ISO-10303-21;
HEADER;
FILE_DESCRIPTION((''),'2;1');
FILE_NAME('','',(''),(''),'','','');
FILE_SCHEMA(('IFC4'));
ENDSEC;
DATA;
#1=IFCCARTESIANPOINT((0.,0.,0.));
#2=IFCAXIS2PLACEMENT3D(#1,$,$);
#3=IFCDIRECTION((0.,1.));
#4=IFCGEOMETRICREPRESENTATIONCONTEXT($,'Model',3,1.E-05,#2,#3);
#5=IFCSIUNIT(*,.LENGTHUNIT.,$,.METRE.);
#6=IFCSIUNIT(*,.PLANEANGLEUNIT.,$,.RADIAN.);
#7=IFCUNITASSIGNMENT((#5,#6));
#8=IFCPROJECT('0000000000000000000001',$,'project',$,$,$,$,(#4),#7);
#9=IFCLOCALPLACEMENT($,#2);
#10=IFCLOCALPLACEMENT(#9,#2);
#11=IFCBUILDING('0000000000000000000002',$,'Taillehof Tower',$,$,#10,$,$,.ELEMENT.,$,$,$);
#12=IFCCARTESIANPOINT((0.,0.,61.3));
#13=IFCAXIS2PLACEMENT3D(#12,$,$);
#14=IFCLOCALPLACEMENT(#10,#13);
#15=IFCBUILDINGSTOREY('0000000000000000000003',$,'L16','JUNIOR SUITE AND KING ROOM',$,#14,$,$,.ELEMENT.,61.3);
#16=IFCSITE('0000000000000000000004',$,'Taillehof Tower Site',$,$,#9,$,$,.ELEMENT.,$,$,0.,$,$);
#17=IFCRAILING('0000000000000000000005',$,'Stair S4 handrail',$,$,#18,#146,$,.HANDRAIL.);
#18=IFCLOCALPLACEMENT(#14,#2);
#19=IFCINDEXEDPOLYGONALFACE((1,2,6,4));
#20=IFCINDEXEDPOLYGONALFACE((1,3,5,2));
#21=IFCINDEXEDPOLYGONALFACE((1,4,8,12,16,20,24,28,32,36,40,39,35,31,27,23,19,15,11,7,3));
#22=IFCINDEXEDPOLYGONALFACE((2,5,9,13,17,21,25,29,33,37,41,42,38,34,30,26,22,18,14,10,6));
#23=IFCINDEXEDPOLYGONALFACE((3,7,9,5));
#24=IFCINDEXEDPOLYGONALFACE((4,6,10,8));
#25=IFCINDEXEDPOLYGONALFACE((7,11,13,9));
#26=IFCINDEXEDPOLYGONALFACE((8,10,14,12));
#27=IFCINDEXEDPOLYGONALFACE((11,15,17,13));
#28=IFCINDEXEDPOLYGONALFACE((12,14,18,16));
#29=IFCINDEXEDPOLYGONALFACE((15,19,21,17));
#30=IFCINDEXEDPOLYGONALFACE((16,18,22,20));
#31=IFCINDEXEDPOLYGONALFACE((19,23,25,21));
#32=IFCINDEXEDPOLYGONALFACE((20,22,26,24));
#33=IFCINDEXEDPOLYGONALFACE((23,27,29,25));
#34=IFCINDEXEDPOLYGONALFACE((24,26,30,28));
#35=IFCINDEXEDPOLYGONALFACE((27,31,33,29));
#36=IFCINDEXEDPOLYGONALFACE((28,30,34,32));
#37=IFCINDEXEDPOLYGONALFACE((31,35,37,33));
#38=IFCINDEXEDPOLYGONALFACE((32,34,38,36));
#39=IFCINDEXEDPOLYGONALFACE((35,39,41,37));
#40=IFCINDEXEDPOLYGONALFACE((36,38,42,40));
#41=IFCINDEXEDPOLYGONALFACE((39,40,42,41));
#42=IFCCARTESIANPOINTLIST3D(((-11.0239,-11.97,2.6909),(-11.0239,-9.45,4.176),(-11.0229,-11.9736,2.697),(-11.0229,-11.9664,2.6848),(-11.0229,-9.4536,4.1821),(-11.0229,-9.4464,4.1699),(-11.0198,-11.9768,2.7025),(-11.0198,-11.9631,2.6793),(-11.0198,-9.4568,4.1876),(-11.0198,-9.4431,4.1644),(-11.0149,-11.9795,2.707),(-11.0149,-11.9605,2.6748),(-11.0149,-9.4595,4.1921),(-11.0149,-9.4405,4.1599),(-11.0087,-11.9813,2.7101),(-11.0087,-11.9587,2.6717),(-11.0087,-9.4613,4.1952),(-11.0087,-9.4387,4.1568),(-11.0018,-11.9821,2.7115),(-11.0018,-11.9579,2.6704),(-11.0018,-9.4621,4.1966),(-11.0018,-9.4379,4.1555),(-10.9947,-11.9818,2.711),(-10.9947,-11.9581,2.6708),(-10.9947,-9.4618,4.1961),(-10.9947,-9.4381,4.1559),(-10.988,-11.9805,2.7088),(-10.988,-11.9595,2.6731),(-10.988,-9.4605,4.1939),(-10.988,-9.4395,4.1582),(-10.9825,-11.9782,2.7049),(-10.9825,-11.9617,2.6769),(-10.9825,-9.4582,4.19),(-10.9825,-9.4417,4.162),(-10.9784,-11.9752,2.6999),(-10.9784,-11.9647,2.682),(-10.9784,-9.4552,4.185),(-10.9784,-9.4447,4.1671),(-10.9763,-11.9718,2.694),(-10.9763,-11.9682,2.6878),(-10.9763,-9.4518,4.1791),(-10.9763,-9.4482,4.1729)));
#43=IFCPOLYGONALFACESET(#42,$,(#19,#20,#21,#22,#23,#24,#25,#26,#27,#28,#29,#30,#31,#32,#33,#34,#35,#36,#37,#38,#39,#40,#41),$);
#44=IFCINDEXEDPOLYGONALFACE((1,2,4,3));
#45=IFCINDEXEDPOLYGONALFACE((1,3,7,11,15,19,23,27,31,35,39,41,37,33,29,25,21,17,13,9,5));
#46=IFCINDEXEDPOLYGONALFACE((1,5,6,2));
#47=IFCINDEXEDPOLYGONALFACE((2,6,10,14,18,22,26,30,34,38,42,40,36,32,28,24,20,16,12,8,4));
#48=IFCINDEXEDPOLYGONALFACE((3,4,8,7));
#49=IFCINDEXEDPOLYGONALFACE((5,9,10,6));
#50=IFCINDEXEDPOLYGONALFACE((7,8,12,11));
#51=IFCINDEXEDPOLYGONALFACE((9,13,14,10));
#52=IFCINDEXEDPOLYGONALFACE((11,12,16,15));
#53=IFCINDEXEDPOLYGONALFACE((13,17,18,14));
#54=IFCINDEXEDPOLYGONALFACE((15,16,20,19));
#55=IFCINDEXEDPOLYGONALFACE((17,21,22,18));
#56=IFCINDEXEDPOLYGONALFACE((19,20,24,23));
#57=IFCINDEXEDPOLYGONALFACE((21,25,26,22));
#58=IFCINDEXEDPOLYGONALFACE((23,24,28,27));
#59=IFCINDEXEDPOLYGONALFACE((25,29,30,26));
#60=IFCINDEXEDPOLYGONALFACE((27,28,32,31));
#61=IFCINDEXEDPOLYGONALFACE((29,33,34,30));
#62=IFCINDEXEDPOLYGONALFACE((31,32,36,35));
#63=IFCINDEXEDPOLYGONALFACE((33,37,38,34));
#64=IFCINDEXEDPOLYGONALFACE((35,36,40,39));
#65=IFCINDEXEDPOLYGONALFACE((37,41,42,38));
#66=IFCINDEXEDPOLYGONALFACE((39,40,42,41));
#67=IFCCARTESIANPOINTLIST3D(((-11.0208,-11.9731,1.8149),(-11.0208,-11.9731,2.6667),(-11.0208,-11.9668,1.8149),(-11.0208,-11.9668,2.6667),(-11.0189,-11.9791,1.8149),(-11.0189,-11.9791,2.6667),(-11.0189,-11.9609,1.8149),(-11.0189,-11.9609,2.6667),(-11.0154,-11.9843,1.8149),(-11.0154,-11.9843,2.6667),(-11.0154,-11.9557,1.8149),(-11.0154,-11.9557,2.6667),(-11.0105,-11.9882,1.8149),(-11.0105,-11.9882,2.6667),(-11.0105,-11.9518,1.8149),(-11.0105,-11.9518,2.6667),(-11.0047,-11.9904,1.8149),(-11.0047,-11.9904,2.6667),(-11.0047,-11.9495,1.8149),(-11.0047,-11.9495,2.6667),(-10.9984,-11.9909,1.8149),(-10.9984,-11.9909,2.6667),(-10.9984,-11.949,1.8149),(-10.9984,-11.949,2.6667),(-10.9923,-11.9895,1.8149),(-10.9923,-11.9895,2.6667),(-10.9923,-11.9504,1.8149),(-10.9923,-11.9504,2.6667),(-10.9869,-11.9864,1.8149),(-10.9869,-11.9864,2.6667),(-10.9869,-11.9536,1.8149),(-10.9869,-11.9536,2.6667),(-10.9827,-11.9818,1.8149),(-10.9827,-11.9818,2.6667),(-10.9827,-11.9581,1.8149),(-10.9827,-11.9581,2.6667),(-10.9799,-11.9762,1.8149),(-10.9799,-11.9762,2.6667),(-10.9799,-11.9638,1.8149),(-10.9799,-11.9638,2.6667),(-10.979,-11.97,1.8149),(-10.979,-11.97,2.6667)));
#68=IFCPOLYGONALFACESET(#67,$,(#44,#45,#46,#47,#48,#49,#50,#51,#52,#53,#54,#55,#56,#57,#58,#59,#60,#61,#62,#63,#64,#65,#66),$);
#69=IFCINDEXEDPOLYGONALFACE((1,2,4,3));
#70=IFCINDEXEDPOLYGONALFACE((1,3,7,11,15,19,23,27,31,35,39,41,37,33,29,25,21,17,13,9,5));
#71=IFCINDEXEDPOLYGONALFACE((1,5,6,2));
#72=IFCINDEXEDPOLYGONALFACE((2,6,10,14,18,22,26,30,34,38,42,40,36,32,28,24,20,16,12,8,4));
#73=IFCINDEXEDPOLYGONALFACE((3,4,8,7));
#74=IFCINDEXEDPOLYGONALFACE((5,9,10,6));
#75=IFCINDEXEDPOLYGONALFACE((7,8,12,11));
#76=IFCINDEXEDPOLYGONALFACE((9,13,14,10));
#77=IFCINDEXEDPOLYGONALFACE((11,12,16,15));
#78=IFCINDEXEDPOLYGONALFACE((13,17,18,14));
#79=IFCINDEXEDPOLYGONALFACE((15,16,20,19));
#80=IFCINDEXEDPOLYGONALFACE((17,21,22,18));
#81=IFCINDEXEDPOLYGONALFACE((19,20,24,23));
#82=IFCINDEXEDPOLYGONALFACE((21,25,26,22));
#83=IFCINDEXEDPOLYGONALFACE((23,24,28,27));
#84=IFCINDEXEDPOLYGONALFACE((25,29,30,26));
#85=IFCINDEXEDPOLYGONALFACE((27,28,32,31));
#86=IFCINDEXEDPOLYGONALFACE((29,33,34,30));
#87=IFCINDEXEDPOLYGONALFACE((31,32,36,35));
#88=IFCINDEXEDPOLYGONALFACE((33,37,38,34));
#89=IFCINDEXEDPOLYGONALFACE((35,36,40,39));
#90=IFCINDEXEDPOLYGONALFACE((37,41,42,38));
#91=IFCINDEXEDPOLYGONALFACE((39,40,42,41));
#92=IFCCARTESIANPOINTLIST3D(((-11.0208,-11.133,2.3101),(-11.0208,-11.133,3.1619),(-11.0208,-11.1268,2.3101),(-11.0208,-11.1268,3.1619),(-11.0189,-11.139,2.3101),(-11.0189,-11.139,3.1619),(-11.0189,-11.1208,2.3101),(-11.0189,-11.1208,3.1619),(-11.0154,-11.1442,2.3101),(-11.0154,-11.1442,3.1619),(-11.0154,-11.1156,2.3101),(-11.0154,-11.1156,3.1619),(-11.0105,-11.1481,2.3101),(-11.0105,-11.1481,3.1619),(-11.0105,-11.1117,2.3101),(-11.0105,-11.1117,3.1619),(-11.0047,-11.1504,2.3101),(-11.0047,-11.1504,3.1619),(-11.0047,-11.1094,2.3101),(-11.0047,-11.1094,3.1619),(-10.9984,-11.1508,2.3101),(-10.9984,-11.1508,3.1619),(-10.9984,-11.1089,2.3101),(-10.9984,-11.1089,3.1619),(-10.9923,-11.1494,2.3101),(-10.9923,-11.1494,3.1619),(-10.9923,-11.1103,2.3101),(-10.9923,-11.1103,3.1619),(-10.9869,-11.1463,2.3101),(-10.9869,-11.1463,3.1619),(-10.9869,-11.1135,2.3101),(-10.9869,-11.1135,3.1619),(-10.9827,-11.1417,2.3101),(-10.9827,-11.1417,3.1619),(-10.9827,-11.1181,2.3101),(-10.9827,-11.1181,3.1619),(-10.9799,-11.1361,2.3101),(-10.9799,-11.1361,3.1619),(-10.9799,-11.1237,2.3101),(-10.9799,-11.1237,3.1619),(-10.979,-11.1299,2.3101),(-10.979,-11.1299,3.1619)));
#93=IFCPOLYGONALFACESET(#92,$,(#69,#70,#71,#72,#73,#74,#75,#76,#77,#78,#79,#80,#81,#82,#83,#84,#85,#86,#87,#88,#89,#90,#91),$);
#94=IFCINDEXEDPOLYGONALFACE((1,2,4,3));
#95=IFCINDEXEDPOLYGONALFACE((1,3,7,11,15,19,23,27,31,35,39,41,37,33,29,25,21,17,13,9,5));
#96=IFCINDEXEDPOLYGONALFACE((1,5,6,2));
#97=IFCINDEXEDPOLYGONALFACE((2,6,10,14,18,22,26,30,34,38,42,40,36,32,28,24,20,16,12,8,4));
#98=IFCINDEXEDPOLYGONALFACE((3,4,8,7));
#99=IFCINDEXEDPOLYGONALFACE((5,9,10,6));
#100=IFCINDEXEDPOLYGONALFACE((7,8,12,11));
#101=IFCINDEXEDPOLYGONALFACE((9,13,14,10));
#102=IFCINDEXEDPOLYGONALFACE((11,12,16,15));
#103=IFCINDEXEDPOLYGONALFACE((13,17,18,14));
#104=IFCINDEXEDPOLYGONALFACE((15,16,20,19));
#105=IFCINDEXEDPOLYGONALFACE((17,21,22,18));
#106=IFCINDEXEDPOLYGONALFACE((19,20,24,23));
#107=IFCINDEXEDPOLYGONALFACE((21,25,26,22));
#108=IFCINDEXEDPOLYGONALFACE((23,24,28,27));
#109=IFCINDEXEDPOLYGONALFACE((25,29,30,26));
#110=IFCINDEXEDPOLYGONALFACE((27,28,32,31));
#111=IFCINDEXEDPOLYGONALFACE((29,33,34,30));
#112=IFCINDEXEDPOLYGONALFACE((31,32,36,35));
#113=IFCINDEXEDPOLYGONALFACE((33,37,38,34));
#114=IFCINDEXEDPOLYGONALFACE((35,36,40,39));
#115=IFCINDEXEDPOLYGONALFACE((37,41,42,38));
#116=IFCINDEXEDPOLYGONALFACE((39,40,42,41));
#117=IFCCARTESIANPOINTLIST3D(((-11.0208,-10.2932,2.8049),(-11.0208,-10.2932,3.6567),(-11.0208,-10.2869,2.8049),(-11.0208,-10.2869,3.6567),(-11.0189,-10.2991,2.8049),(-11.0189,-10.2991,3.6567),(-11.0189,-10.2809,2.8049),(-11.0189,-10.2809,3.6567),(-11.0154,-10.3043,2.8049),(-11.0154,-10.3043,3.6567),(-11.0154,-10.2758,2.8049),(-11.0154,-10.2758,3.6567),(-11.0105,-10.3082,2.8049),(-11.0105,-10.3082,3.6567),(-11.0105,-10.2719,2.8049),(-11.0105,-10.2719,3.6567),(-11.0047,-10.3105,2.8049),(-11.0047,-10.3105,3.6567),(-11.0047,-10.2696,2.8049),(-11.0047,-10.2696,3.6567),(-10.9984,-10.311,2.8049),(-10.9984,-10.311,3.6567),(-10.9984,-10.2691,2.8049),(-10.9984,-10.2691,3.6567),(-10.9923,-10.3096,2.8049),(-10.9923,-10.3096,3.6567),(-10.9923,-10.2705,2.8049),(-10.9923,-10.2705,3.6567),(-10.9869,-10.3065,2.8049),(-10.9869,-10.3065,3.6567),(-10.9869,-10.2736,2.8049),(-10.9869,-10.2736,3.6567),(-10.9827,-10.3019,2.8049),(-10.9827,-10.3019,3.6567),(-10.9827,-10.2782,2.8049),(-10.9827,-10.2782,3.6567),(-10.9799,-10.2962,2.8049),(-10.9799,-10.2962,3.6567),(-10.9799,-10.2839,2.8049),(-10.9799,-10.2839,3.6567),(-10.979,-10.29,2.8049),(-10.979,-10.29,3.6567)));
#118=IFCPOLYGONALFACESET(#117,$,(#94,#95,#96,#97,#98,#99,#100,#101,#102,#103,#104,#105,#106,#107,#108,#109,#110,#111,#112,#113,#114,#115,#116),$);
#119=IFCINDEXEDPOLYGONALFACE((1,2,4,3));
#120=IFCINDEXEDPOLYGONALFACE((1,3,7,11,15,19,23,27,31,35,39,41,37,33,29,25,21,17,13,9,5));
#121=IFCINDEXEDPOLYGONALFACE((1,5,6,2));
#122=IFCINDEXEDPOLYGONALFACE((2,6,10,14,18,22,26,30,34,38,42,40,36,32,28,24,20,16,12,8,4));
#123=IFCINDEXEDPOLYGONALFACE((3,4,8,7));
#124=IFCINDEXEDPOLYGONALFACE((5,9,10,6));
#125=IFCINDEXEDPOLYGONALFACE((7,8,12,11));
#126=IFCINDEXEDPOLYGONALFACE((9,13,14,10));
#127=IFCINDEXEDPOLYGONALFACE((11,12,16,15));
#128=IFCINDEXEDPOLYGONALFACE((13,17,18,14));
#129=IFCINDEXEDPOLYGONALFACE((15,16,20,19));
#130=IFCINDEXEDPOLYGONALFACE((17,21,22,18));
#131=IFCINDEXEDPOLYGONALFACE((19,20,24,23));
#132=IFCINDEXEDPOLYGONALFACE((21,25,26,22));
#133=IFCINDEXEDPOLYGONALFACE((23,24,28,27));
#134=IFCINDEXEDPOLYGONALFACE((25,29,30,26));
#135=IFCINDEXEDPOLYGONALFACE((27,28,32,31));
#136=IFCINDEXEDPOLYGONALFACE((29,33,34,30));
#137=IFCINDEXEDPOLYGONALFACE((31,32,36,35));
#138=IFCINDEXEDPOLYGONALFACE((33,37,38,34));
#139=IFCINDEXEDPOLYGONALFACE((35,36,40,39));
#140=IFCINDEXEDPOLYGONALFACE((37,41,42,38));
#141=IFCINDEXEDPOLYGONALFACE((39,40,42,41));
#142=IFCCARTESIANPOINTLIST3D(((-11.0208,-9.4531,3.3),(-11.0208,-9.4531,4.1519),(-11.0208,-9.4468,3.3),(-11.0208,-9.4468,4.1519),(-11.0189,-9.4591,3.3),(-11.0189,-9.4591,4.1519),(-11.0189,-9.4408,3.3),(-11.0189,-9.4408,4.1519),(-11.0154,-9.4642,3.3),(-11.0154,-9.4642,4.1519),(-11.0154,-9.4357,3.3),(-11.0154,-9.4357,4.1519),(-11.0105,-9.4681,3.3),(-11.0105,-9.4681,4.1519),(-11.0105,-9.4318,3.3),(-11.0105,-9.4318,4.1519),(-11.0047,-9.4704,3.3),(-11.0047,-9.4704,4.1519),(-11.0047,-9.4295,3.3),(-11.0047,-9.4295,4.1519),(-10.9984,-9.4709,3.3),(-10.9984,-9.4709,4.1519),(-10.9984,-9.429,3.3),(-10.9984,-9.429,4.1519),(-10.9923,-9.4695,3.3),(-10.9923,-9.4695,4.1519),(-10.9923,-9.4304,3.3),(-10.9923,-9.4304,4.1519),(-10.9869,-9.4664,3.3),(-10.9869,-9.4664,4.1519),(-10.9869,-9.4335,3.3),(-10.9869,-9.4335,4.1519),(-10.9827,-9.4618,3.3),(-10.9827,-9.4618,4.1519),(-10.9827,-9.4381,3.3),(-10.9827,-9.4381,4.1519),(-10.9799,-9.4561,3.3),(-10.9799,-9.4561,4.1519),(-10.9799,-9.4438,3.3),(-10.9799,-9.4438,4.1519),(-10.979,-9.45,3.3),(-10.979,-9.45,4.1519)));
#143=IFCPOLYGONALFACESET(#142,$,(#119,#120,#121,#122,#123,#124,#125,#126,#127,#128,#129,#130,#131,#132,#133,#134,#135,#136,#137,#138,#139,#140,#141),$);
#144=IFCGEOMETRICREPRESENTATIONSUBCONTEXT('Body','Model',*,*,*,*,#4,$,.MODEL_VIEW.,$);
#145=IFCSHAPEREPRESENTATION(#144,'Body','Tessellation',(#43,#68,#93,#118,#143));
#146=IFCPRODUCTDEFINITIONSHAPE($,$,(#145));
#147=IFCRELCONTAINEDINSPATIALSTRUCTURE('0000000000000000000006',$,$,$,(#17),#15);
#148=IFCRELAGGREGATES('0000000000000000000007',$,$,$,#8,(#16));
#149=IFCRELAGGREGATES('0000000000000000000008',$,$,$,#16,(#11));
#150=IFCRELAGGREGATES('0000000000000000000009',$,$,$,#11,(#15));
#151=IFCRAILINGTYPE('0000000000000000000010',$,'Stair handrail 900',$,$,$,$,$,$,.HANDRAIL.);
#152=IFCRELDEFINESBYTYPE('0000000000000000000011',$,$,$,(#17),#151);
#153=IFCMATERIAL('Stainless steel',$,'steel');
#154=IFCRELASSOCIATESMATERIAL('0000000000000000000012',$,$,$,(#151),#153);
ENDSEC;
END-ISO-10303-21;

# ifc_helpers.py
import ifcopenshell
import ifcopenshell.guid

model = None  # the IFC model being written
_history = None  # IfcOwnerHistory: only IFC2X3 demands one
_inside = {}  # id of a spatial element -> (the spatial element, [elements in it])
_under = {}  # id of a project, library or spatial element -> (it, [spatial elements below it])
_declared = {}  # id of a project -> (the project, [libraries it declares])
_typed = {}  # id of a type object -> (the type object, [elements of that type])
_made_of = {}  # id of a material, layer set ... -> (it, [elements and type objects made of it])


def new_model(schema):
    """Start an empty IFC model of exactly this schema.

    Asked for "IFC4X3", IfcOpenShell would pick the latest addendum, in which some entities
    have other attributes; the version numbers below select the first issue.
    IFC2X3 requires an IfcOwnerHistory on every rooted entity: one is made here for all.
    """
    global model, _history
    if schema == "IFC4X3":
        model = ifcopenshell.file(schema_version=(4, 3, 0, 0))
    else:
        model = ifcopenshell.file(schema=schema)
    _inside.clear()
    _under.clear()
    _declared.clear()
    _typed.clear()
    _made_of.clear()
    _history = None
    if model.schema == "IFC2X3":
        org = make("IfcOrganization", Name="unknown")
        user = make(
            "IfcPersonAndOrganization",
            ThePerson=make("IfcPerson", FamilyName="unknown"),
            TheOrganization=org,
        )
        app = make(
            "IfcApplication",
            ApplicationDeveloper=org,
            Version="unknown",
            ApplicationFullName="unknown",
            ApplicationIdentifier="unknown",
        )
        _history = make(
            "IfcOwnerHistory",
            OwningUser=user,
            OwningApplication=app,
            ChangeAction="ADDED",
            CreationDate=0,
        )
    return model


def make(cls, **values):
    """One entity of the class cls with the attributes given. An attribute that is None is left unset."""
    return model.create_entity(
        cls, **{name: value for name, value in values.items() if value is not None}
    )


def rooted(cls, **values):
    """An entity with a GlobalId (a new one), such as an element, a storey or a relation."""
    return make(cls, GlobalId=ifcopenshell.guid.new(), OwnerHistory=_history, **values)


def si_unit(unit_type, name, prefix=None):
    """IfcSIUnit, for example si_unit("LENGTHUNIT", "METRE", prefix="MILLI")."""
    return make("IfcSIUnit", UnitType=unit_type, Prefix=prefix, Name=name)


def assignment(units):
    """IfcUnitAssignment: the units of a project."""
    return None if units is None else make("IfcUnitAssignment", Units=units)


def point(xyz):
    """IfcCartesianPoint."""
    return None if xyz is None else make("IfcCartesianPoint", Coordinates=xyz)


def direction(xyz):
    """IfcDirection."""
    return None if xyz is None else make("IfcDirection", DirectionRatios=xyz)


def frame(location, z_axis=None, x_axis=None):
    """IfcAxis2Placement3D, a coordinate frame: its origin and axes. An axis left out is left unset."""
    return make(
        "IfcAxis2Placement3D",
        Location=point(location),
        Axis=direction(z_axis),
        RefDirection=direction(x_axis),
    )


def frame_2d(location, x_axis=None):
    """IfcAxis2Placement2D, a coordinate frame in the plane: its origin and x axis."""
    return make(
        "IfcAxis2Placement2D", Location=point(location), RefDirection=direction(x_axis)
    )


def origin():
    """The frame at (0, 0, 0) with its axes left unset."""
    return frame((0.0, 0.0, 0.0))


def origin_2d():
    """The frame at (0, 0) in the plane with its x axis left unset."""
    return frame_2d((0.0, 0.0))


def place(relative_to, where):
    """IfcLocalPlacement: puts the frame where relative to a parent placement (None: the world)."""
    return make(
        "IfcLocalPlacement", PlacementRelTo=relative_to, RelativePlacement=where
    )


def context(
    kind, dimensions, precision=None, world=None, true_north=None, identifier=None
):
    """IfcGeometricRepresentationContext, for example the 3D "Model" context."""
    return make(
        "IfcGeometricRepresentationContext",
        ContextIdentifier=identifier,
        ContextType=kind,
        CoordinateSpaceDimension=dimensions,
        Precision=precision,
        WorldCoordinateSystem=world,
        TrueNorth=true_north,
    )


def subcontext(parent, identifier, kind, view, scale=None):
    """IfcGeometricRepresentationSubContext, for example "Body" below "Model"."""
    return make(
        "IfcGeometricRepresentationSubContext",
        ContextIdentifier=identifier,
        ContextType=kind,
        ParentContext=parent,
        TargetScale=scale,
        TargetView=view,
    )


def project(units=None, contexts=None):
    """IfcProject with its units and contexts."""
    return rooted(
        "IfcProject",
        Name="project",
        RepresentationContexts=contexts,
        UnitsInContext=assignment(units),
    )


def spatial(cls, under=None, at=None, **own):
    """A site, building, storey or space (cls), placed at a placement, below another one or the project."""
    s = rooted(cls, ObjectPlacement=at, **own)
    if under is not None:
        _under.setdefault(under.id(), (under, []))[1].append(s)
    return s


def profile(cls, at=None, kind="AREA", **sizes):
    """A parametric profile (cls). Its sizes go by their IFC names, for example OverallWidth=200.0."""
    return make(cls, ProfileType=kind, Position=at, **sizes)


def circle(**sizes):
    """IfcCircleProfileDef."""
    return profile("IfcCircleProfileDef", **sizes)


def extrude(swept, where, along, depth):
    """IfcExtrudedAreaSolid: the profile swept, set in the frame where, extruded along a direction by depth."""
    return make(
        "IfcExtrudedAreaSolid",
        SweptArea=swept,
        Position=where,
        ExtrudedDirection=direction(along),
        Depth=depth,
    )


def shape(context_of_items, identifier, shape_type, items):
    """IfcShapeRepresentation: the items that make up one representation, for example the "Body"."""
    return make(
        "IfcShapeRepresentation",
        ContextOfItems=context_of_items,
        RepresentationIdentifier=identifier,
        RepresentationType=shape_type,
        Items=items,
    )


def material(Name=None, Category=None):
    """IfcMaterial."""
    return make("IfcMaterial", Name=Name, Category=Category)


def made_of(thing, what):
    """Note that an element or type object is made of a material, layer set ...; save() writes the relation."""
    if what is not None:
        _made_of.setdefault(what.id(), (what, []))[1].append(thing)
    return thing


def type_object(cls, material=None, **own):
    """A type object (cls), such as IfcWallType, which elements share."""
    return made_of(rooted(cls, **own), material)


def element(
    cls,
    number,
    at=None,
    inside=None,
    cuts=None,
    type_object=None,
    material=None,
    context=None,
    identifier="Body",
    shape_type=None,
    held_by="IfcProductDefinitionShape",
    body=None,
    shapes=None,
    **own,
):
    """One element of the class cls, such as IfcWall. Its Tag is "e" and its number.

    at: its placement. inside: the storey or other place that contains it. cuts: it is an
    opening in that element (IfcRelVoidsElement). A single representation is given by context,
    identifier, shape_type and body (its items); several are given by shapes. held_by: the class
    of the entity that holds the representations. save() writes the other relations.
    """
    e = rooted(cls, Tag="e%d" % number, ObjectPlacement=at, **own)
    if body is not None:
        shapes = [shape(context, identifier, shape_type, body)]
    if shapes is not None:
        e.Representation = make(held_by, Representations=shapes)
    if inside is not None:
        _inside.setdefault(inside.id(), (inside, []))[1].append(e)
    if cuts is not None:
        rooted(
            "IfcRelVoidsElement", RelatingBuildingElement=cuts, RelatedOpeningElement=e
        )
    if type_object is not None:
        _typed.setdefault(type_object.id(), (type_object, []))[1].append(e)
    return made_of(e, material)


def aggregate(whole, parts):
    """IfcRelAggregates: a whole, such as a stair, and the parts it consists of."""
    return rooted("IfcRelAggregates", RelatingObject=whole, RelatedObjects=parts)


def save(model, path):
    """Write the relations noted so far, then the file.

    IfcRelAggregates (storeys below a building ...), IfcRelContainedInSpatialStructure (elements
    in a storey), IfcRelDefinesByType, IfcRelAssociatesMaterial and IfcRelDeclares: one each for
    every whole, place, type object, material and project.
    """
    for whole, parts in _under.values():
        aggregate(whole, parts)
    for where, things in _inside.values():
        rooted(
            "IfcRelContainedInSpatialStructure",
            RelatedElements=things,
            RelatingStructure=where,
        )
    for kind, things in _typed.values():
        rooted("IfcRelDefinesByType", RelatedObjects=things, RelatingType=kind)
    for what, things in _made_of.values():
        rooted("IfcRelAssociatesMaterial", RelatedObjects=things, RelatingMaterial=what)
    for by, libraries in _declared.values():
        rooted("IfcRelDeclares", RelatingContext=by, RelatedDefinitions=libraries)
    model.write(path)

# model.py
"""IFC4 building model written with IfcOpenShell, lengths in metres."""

from ifc_helpers import new_model, si_unit, direction, frame, origin, origin_2d, place, context, subcontext, project, spatial, circle, extrude, material, type_object, element, save


model = new_model("IFC4")

# Units and contexts
model_context = context("Model", 3, precision=1e-05, world=origin(), true_north=direction((0.0, 1.0)))
body_context = subcontext(model_context, "Body", "Model", "MODEL_VIEW")
ifc_project = project(units=[si_unit("LENGTHUNIT", "METRE"), si_unit("PLANEANGLEUNIT", "RADIAN")], contexts=[model_context])

# Site, building, storey
site_placement = place(None, origin())
site = spatial("IfcSite", under=ifc_project, at=site_placement, Name="Taillehof Tower Site", CompositionType="ELEMENT", RefElevation=0.0)
building_placement = place(site_placement, origin())
building = spatial("IfcBuilding", under=site, at=building_placement, Name="Taillehof Tower", CompositionType="ELEMENT")
storey_placement = place(building_placement, frame((0.0, 0.0, 61.3)))
storey = spatial("IfcBuildingStorey", under=building, at=storey_placement, Name="L16", Description="JUNIOR SUITE AND KING ROOM", CompositionType="ELEMENT", Elevation=61.3)

# Railing
ifc_material_1 = material(Name="Stainless steel", Category="steel")
railing_type = type_object("IfcRailingType", Name="Stair handrail 900", PredefinedType="HANDRAIL", material=ifc_material_1)
railing_1_placement = place(storey_placement, frame((-11.0, -11.97, 1.8149)))
element("IfcRailing", 1, at=railing_1_placement, inside=storey, type_object=railing_type, Name="Stair S4 handrail", PredefinedType="HANDRAIL", context=body_context, shape_type="SweptSolid", body=[
    extrude(circle(Radius=0.0239, at=origin_2d()), frame((0.0, 0.0, 0.876), z_axis=(0.0, 0.861524, 0.507717), x_axis=(-1.0, 0.0, 0.0)), (0.0, 0.0, 1.0), 2.925),
    extrude(circle(Radius=0.021, at=origin_2d()), origin(), (0.0, 0.0, 1.0), 0.8518),
    extrude(circle(Radius=0.021, at=origin_2d()), frame((0.0, 0.8401, 0.4951)), (0.0, 0.0, 1.0), 0.8518),
    extrude(circle(Radius=0.021, at=origin_2d()), frame((0.0, 1.6799, 0.99)), (0.0, 0.0, 1.0), 0.8518),
    extrude(circle(Radius=0.021, at=origin_2d()), frame((0.0, 2.52, 1.4851)), (0.0, 0.0, 1.0), 0.8518),
])

save(model, "model.ifc")
